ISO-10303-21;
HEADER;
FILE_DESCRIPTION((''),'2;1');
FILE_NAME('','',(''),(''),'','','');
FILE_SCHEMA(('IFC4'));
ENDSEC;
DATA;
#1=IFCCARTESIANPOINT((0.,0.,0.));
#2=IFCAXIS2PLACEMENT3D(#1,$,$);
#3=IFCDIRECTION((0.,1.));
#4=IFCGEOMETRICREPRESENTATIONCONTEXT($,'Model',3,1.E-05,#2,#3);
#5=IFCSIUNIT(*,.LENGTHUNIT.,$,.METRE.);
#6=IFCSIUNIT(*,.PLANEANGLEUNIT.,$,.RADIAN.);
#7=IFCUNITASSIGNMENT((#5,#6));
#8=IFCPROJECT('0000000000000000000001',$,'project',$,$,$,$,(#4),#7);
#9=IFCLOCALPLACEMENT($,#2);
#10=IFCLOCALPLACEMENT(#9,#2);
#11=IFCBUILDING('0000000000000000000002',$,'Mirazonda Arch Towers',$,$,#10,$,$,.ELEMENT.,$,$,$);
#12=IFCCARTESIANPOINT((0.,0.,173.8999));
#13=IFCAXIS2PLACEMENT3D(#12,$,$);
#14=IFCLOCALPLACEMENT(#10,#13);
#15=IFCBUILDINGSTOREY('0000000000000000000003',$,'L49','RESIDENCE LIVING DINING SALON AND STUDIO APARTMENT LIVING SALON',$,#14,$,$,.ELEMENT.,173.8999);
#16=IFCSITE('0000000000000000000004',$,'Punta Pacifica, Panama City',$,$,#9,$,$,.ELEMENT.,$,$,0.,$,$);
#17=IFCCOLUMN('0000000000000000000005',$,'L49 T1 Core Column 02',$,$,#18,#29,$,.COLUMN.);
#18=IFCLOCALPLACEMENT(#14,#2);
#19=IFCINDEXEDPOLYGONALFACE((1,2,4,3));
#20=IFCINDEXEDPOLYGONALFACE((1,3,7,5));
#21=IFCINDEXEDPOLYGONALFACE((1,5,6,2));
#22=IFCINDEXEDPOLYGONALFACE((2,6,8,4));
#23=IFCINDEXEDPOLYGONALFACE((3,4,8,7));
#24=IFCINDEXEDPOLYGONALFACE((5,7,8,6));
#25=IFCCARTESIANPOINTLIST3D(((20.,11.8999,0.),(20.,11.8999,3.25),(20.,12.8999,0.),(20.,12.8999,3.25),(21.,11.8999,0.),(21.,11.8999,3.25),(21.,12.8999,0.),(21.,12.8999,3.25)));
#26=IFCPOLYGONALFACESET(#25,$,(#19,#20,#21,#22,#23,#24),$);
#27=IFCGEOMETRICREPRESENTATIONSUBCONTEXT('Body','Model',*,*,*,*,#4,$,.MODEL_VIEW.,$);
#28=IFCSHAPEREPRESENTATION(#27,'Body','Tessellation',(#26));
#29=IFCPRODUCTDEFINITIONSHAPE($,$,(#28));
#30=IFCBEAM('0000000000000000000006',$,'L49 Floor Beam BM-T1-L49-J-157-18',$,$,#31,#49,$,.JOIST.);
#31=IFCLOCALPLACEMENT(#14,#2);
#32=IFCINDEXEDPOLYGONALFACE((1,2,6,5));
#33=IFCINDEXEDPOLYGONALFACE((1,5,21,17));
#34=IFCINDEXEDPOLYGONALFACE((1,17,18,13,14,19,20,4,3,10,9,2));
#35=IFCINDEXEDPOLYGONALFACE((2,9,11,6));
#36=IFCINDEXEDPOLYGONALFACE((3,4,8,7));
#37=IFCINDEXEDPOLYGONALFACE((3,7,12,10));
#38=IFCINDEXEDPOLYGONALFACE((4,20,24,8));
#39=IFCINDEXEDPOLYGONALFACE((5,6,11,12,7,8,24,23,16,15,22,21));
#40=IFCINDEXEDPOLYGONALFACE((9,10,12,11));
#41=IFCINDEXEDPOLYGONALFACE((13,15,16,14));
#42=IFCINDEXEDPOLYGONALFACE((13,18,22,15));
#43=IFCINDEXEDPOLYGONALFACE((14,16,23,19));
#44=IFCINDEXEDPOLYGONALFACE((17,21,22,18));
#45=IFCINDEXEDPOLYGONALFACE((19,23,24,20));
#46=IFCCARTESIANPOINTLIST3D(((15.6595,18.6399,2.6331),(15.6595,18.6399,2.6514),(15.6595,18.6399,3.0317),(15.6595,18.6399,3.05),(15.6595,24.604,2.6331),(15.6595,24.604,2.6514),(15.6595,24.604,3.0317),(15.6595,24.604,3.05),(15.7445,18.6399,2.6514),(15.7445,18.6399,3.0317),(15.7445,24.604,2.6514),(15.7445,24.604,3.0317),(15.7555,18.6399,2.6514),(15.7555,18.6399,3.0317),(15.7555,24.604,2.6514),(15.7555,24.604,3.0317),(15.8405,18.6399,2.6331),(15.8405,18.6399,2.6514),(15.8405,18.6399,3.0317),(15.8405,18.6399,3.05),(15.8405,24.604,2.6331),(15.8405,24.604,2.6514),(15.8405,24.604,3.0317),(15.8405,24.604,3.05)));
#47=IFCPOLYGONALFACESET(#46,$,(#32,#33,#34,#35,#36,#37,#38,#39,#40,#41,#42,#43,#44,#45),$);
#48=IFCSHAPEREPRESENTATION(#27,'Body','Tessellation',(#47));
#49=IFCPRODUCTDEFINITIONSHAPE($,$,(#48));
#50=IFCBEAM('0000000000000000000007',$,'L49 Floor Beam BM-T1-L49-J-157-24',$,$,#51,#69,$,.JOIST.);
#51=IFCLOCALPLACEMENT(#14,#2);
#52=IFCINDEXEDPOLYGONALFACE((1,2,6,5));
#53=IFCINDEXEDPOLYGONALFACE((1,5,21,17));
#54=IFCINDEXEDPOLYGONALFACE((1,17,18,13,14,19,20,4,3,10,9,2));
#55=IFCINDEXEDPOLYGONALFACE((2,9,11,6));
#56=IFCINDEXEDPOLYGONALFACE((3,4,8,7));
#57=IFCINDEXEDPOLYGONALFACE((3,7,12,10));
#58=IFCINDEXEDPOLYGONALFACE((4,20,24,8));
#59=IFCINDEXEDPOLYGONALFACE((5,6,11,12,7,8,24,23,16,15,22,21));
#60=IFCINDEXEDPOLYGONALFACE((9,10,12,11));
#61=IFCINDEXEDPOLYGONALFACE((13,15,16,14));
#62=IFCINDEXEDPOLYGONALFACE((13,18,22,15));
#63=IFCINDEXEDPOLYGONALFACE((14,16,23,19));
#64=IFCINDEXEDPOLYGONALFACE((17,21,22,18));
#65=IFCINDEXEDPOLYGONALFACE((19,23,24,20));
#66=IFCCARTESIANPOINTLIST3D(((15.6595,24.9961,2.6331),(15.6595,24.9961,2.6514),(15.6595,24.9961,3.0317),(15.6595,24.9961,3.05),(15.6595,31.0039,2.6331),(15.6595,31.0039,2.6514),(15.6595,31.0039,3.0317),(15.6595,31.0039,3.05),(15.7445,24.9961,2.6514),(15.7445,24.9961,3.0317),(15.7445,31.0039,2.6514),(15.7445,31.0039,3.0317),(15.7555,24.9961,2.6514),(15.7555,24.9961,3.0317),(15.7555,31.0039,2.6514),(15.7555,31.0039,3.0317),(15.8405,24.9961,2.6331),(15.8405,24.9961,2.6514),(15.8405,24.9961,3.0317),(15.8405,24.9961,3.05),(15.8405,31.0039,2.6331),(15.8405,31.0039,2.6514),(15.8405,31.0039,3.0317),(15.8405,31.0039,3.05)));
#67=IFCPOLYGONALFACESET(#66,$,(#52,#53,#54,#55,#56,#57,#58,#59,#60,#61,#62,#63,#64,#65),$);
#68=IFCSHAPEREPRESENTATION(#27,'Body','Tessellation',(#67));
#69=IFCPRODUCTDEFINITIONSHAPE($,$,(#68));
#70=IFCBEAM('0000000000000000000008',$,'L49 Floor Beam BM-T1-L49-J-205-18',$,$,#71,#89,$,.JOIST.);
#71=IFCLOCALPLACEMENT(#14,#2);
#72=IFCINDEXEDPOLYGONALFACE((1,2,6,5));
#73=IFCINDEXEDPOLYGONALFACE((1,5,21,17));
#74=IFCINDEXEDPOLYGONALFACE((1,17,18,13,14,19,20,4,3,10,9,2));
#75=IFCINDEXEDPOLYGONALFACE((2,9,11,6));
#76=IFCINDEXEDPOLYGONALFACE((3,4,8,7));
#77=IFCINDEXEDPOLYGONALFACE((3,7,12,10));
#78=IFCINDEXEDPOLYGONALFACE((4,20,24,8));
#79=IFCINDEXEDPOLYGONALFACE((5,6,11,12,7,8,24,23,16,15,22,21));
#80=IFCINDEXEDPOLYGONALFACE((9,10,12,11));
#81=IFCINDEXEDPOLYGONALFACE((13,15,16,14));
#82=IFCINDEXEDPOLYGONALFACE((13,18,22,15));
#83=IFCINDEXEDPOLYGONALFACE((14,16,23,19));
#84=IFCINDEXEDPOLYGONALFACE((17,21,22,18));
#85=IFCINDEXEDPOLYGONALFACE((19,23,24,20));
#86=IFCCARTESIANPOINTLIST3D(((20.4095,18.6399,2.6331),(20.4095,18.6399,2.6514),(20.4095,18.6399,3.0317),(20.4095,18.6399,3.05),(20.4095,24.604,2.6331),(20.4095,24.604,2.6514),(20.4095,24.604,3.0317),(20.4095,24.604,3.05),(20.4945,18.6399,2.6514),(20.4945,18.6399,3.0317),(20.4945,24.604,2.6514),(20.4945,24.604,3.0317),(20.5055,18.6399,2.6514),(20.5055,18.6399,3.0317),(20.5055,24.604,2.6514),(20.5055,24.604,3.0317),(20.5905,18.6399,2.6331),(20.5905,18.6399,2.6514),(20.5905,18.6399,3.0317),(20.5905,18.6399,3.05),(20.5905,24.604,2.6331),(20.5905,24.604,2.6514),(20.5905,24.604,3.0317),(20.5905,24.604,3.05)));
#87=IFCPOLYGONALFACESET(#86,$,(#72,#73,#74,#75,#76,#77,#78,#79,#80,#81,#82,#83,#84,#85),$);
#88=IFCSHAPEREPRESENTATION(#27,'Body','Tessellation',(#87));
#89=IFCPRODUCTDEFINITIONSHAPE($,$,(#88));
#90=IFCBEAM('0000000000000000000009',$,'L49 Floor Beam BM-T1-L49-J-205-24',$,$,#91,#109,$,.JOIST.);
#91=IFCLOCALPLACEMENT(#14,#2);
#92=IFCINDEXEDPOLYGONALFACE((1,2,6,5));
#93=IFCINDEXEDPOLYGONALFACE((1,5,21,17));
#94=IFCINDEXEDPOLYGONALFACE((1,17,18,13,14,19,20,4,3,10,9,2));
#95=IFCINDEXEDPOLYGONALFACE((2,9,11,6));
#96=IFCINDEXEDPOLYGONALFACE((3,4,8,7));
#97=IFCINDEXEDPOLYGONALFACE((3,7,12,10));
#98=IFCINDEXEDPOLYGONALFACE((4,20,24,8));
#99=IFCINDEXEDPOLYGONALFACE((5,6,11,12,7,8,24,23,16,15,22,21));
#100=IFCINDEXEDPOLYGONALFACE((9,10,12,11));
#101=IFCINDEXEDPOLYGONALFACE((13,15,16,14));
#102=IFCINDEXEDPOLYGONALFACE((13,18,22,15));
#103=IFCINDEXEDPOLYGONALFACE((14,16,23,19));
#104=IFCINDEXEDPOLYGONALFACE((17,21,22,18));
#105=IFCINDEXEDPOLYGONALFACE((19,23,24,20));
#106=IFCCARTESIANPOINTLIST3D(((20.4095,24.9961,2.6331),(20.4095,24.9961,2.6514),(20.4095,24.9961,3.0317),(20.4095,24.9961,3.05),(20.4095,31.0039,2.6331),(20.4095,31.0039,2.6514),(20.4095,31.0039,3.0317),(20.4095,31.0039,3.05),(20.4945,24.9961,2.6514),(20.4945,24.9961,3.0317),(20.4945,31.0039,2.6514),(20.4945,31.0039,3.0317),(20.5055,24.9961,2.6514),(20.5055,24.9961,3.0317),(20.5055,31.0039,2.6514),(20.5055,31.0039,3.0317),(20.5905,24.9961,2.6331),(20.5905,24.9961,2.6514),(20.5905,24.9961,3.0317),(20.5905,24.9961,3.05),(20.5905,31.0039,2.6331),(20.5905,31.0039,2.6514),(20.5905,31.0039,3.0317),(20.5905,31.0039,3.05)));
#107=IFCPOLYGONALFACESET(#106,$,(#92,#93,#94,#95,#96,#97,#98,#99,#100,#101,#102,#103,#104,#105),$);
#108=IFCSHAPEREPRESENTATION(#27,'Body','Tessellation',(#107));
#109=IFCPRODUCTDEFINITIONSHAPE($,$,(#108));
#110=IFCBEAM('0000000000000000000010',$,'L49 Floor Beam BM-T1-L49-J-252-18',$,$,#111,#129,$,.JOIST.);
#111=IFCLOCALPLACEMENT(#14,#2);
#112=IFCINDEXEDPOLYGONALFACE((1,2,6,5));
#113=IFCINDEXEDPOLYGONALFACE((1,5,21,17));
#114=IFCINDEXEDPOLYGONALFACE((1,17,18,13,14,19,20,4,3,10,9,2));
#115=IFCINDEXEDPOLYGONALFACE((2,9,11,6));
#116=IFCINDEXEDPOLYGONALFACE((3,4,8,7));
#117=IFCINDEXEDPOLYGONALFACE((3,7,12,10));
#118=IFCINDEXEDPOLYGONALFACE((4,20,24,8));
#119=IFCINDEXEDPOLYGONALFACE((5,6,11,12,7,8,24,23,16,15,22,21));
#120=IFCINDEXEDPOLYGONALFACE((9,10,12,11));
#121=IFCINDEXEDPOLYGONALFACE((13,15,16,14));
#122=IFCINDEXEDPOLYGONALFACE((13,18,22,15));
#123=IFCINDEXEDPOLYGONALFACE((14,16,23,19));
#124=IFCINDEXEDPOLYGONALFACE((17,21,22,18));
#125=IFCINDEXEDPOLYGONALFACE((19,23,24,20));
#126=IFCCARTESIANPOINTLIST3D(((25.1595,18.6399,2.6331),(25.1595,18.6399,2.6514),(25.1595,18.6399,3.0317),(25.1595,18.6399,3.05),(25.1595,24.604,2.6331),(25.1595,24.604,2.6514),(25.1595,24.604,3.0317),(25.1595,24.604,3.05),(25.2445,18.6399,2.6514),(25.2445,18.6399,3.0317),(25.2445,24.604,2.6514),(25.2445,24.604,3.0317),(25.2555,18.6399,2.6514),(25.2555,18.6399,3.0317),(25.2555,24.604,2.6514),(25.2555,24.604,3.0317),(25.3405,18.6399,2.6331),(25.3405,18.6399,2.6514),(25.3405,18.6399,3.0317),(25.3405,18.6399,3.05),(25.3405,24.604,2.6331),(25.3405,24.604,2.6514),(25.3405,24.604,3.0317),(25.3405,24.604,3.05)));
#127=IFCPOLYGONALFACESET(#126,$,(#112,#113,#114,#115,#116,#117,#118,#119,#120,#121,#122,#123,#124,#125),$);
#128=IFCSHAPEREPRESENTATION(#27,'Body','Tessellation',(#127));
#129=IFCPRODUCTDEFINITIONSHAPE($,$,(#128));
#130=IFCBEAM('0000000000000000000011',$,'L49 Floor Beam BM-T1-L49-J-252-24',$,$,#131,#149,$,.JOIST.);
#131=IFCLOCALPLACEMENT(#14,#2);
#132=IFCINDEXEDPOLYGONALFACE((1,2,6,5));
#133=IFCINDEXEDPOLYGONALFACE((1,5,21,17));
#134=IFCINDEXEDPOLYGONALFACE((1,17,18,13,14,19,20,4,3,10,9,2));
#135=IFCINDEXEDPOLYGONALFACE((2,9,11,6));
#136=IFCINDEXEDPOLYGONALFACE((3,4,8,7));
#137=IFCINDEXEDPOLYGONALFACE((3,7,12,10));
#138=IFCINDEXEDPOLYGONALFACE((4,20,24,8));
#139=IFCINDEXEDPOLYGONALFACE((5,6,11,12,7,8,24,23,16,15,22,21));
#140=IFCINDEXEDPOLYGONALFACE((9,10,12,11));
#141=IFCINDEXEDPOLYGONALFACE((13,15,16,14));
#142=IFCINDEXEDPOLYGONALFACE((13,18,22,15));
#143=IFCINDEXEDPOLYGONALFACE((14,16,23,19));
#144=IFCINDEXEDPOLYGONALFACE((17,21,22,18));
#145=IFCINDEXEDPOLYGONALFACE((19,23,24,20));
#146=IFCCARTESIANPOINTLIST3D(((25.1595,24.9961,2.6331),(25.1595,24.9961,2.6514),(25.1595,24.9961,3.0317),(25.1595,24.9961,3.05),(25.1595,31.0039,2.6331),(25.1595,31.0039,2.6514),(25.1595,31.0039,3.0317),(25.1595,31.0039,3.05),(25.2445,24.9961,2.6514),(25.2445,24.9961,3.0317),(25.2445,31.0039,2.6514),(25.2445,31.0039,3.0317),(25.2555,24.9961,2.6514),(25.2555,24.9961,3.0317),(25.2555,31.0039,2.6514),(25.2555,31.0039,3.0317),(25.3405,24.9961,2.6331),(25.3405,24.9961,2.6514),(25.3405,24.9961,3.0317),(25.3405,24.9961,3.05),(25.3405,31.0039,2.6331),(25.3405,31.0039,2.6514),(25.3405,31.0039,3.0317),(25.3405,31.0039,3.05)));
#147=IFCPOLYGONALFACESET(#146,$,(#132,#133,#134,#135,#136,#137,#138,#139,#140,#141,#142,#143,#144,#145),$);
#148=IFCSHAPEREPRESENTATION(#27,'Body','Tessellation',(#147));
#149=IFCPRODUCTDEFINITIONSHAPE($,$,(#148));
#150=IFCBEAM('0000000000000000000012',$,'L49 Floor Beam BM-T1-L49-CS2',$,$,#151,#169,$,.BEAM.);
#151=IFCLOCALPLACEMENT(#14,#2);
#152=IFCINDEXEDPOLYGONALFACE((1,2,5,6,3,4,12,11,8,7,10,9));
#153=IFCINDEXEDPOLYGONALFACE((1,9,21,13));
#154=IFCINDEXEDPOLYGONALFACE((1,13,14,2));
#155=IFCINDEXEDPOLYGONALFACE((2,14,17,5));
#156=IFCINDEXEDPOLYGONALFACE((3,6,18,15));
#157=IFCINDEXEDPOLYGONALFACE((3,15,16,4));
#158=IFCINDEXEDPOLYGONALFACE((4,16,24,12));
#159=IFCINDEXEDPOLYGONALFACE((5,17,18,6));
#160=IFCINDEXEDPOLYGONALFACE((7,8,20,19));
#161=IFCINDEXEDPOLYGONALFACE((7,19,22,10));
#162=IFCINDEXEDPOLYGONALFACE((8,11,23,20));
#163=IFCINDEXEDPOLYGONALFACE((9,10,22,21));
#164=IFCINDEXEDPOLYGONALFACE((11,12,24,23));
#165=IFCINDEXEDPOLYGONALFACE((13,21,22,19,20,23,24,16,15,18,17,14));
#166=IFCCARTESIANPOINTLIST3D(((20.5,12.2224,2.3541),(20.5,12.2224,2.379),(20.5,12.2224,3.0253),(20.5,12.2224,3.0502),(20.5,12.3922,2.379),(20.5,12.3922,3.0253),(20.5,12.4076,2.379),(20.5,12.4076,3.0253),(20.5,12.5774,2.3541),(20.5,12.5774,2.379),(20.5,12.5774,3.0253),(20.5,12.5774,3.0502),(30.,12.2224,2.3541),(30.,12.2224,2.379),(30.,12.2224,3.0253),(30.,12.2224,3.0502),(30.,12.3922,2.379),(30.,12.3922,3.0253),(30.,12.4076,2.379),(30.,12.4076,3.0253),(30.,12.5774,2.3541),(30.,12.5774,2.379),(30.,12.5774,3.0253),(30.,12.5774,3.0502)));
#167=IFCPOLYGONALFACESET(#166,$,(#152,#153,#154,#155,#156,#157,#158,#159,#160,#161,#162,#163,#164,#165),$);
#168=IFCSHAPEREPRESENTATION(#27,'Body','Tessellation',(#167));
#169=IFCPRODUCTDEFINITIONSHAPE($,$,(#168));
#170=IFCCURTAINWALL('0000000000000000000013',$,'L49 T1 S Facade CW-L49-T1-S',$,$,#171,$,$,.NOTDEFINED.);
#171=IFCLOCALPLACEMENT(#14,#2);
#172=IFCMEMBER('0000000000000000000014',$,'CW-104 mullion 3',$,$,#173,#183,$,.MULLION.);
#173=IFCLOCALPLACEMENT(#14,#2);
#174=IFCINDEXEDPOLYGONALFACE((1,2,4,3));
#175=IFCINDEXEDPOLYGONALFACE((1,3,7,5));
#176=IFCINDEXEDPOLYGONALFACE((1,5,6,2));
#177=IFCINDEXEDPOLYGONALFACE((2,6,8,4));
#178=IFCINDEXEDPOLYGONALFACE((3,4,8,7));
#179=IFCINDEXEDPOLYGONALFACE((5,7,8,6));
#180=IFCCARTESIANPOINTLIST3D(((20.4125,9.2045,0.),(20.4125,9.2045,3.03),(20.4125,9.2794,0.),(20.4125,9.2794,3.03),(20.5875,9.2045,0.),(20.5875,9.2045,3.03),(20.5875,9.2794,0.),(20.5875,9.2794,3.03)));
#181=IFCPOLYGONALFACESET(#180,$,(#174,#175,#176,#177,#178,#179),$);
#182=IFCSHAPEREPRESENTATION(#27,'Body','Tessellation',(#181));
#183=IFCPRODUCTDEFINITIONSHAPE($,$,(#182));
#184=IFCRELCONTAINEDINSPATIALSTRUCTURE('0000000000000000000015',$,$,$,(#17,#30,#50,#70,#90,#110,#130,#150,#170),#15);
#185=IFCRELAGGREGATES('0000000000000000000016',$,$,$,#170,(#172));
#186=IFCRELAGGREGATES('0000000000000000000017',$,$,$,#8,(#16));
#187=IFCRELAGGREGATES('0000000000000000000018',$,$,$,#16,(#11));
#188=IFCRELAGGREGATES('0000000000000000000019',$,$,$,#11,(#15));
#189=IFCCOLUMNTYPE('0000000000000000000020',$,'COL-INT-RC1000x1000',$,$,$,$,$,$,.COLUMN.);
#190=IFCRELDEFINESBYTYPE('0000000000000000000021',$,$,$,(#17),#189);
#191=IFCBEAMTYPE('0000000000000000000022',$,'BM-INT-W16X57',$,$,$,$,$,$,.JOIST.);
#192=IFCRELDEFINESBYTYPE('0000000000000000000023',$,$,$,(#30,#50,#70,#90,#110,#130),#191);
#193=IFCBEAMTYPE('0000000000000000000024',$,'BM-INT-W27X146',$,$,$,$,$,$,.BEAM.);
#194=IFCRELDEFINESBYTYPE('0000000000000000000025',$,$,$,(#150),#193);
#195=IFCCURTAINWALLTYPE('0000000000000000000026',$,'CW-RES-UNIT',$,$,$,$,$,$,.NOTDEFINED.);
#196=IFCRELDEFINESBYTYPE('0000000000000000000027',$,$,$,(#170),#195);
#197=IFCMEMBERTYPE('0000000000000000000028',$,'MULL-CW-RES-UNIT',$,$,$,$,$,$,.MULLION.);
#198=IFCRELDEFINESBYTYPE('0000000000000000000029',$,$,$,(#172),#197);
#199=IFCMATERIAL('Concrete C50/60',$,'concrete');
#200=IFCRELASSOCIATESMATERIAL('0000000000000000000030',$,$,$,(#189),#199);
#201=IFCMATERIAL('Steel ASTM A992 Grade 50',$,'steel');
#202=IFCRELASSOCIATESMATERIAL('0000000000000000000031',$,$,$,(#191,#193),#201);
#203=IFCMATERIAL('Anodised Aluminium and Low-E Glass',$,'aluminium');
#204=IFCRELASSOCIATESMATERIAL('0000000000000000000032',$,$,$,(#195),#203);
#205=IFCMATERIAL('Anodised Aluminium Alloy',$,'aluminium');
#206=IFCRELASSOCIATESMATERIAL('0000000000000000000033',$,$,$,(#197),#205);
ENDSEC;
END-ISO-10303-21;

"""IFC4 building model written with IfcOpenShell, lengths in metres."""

from ifc_helpers import new_model, si_unit, direction, frame, origin, origin_2d, place, context, subcontext, project, spatial, rectangle, i_section, extrude, material, material_profile, profile_set, type_object, element, aggregate, save


model = new_model("IFC4")

# Units and contexts
model_context = context("Model", 3, precision=1e-05, world=origin(), true_north=direction((0.0, 1.0)))
body_context = subcontext(model_context, "Body", "Model", "MODEL_VIEW")
ifc_project = project(units=[si_unit("LENGTHUNIT", "METRE"), si_unit("PLANEANGLEUNIT", "RADIAN")], contexts=[model_context])

# Site, building, storey
site_placement = place(None, origin())
site = spatial("IfcSite", under=ifc_project, at=site_placement, Name="Punta Pacifica, Panama City", CompositionType="ELEMENT", RefElevation=0.0)
building_placement = place(site_placement, origin())
building = spatial("IfcBuilding", under=site, at=building_placement, Name="Mirazonda Arch Towers", CompositionType="ELEMENT")
storey_placement = place(building_placement, frame((0.0, 0.0, 173.8999)))
storey = spatial("IfcBuildingStorey", under=building, at=storey_placement, Name="L49", Description="RESIDENCE LIVING DINING SALON AND STUDIO APARTMENT LIVING SALON", CompositionType="ELEMENT", Elevation=173.8999)

# Column
ifc_material_1 = material(Name="Concrete C50/60", Category="concrete")
ifc_material_profile_1 = material_profile(ifc_material_1, rectangle(XDim=1.0, YDim=1.0, at=origin_2d()), Name="RC1000x1000")
ifc_profile_set_1 = profile_set([ifc_material_profile_1], Name="Concrete C50/60")
column_type = type_object("IfcColumnType", Name="COL-INT-RC1000x1000", PredefinedType="COLUMN", material=ifc_profile_set_1)
column_placement = place(storey_placement, frame((20.5, 12.3999, 0.0), z_axis=(0.0, 0.0, 1.0), x_axis=(1.0, 0.0, 0.0)))
element("IfcColumn", 1, at=column_placement, inside=storey, type_object=column_type, Name="L49 T1 Core Column 02", PredefinedType="COLUMN", context=body_context, shape_type="SweptSolid", body=[
    extrude(rectangle(XDim=1.0, YDim=1.0, at=origin_2d()), origin(), (0.0, 0.0, 1.0), 3.25),
])

# Beams
ifc_material_2 = material(Name="Steel ASTM A992 Grade 50", Category="steel")
ifc_material_profile_2 = material_profile(ifc_material_2, i_section(OverallWidth=0.1809, OverallDepth=0.417, WebThickness=0.011, FlangeThickness=0.0183, at=origin_2d()), Name="W16X57")
ifc_profile_set_2 = profile_set([ifc_material_profile_2], Name="Steel ASTM A992 Grade 50")
beam_type_1 = type_object("IfcBeamType", Name="BM-INT-W16X57", PredefinedType="JOIST", material=ifc_profile_set_2)
beam_1_placement = place(storey_placement, frame((15.75, 18.6399, 2.8416), z_axis=(0.0, 1.0, 0.0), x_axis=(-1.0, 0.0, 0.0)))
element("IfcBeam", 2, at=beam_1_placement, inside=storey, type_object=beam_type_1, Name="L49 Floor Beam BM-T1-L49-J-157-18", PredefinedType="JOIST", context=body_context, shape_type="SweptSolid", body=[
    extrude(i_section(OverallWidth=0.1809, OverallDepth=0.417, WebThickness=0.011, FlangeThickness=0.0183, at=origin_2d()), origin(), (0.0, 0.0, 1.0), 5.9641),
])
beam_2_placement = place(storey_placement, frame((15.75, 24.9961, 2.8416), z_axis=(0.0, 1.0, 0.0), x_axis=(-1.0, 0.0, 0.0)))
element("IfcBeam", 3, at=beam_2_placement, inside=storey, type_object=beam_type_1, Name="L49 Floor Beam BM-T1-L49-J-157-24", PredefinedType="JOIST", context=body_context, shape_type="SweptSolid", body=[
    extrude(i_section(OverallWidth=0.1809, OverallDepth=0.417, WebThickness=0.011, FlangeThickness=0.0183, at=origin_2d()), origin(), (0.0, 0.0, 1.0), 6.0078),
])
beam_3_placement = place(storey_placement, frame((20.5, 18.6399, 2.8416), z_axis=(0.0, 1.0, 0.0), x_axis=(-1.0, 0.0, 0.0)))
element("IfcBeam", 4, at=beam_3_placement, inside=storey, type_object=beam_type_1, Name="L49 Floor Beam BM-T1-L49-J-205-18", PredefinedType="JOIST", context=body_context, shape_type="SweptSolid", body=[
    extrude(i_section(OverallWidth=0.1809, OverallDepth=0.417, WebThickness=0.011, FlangeThickness=0.0183, at=origin_2d()), origin(), (0.0, 0.0, 1.0), 5.9641),
])
beam_4_placement = place(storey_placement, frame((20.5, 24.9961, 2.8416), z_axis=(0.0, 1.0, 0.0), x_axis=(-1.0, 0.0, 0.0)))
element("IfcBeam", 5, at=beam_4_placement, inside=storey, type_object=beam_type_1, Name="L49 Floor Beam BM-T1-L49-J-205-24", PredefinedType="JOIST", context=body_context, shape_type="SweptSolid", body=[
    extrude(i_section(OverallWidth=0.1809, OverallDepth=0.417, WebThickness=0.011, FlangeThickness=0.0183, at=origin_2d()), origin(), (0.0, 0.0, 1.0), 6.0078),
])
beam_5_placement = place(storey_placement, frame((25.25, 18.6399, 2.8416), z_axis=(0.0, 1.0, 0.0), x_axis=(-1.0, 0.0, 0.0)))
element("IfcBeam", 6, at=beam_5_placement, inside=storey, type_object=beam_type_1, Name="L49 Floor Beam BM-T1-L49-J-252-18", PredefinedType="JOIST", context=body_context, shape_type="SweptSolid", body=[
    extrude(i_section(OverallWidth=0.1809, OverallDepth=0.417, WebThickness=0.011, FlangeThickness=0.0183, at=origin_2d()), origin(), (0.0, 0.0, 1.0), 5.9641),
])
beam_6_placement = place(storey_placement, frame((25.25, 24.9961, 2.8416), z_axis=(0.0, 1.0, 0.0), x_axis=(-1.0, 0.0, 0.0)))
element("IfcBeam", 7, at=beam_6_placement, inside=storey, type_object=beam_type_1, Name="L49 Floor Beam BM-T1-L49-J-252-24", PredefinedType="JOIST", context=body_context, shape_type="SweptSolid", body=[
    extrude(i_section(OverallWidth=0.1809, OverallDepth=0.417, WebThickness=0.011, FlangeThickness=0.0183, at=origin_2d()), origin(), (0.0, 0.0, 1.0), 6.0078),
])
ifc_material_profile_3 = material_profile(ifc_material_2, i_section(OverallWidth=0.355, OverallDepth=0.696, WebThickness=0.0154, FlangeThickness=0.0249, at=origin_2d()), Name="W27X146")
ifc_profile_set_3 = profile_set([ifc_material_profile_3], Name="Steel ASTM A992 Grade 50")
beam_type_2 = type_object("IfcBeamType", Name="BM-INT-W27X146", PredefinedType="BEAM", material=ifc_profile_set_3)
beam_7_placement = place(storey_placement, frame((20.5, 12.3999, 2.7021), z_axis=(1.0, 0.0, 0.0), x_axis=(0.0, 1.0, 0.0)))
element("IfcBeam", 8, at=beam_7_placement, inside=storey, type_object=beam_type_2, Name="L49 Floor Beam BM-T1-L49-CS2", PredefinedType="BEAM", context=body_context, shape_type="SweptSolid", body=[
    extrude(i_section(OverallWidth=0.355, OverallDepth=0.696, WebThickness=0.0154, FlangeThickness=0.0249, at=origin_2d()), origin(), (0.0, 0.0, 1.0), 9.5),
])

# Curtain wall, member
ifc_material_3 = material(Name="Anodised Aluminium and Low-E Glass", Category="aluminium")
curtain_wall_type = type_object("IfcCurtainWallType", Name="CW-RES-UNIT", PredefinedType="NOTDEFINED", material=ifc_material_3)
curtain_wall_placement = place(storey_placement, origin())
curtain_wall = element("IfcCurtainWall", 9, at=curtain_wall_placement, inside=storey, type_object=curtain_wall_type, Name="L49 T1 S Facade CW-L49-T1-S", PredefinedType="NOTDEFINED")
ifc_material_4 = material(Name="Anodised Aluminium Alloy", Category="aluminium")
ifc_material_profile_4 = material_profile(ifc_material_4, rectangle(XDim=0.075, YDim=0.175, at=origin_2d()), Name="ALU-MULL-75x175")
ifc_profile_set_4 = profile_set([ifc_material_profile_4], Name="Anodised Aluminium Alloy")
member_type_1 = type_object("IfcMemberType", Name="MULL-CW-RES-UNIT", PredefinedType="MULLION", material=ifc_profile_set_4)
member_1_placement = place(storey_placement, frame((20.5, 9.2419, 0.0), z_axis=(0.0, 0.0, 1.0), x_axis=(0.0, -1.0, 0.0)))
member_1 = element("IfcMember", 10, at=member_1_placement, type_object=member_type_1, Name="CW-104 mullion 3", PredefinedType="MULLION", context=body_context, shape_type="SweptSolid", body=[
    extrude(rectangle(XDim=0.075, YDim=0.175, at=origin_2d()), origin(), (0.0, 0.0, 1.0), 3.03),
])
aggregate(curtain_wall, [member_1])

save(model, "model.ifc")
